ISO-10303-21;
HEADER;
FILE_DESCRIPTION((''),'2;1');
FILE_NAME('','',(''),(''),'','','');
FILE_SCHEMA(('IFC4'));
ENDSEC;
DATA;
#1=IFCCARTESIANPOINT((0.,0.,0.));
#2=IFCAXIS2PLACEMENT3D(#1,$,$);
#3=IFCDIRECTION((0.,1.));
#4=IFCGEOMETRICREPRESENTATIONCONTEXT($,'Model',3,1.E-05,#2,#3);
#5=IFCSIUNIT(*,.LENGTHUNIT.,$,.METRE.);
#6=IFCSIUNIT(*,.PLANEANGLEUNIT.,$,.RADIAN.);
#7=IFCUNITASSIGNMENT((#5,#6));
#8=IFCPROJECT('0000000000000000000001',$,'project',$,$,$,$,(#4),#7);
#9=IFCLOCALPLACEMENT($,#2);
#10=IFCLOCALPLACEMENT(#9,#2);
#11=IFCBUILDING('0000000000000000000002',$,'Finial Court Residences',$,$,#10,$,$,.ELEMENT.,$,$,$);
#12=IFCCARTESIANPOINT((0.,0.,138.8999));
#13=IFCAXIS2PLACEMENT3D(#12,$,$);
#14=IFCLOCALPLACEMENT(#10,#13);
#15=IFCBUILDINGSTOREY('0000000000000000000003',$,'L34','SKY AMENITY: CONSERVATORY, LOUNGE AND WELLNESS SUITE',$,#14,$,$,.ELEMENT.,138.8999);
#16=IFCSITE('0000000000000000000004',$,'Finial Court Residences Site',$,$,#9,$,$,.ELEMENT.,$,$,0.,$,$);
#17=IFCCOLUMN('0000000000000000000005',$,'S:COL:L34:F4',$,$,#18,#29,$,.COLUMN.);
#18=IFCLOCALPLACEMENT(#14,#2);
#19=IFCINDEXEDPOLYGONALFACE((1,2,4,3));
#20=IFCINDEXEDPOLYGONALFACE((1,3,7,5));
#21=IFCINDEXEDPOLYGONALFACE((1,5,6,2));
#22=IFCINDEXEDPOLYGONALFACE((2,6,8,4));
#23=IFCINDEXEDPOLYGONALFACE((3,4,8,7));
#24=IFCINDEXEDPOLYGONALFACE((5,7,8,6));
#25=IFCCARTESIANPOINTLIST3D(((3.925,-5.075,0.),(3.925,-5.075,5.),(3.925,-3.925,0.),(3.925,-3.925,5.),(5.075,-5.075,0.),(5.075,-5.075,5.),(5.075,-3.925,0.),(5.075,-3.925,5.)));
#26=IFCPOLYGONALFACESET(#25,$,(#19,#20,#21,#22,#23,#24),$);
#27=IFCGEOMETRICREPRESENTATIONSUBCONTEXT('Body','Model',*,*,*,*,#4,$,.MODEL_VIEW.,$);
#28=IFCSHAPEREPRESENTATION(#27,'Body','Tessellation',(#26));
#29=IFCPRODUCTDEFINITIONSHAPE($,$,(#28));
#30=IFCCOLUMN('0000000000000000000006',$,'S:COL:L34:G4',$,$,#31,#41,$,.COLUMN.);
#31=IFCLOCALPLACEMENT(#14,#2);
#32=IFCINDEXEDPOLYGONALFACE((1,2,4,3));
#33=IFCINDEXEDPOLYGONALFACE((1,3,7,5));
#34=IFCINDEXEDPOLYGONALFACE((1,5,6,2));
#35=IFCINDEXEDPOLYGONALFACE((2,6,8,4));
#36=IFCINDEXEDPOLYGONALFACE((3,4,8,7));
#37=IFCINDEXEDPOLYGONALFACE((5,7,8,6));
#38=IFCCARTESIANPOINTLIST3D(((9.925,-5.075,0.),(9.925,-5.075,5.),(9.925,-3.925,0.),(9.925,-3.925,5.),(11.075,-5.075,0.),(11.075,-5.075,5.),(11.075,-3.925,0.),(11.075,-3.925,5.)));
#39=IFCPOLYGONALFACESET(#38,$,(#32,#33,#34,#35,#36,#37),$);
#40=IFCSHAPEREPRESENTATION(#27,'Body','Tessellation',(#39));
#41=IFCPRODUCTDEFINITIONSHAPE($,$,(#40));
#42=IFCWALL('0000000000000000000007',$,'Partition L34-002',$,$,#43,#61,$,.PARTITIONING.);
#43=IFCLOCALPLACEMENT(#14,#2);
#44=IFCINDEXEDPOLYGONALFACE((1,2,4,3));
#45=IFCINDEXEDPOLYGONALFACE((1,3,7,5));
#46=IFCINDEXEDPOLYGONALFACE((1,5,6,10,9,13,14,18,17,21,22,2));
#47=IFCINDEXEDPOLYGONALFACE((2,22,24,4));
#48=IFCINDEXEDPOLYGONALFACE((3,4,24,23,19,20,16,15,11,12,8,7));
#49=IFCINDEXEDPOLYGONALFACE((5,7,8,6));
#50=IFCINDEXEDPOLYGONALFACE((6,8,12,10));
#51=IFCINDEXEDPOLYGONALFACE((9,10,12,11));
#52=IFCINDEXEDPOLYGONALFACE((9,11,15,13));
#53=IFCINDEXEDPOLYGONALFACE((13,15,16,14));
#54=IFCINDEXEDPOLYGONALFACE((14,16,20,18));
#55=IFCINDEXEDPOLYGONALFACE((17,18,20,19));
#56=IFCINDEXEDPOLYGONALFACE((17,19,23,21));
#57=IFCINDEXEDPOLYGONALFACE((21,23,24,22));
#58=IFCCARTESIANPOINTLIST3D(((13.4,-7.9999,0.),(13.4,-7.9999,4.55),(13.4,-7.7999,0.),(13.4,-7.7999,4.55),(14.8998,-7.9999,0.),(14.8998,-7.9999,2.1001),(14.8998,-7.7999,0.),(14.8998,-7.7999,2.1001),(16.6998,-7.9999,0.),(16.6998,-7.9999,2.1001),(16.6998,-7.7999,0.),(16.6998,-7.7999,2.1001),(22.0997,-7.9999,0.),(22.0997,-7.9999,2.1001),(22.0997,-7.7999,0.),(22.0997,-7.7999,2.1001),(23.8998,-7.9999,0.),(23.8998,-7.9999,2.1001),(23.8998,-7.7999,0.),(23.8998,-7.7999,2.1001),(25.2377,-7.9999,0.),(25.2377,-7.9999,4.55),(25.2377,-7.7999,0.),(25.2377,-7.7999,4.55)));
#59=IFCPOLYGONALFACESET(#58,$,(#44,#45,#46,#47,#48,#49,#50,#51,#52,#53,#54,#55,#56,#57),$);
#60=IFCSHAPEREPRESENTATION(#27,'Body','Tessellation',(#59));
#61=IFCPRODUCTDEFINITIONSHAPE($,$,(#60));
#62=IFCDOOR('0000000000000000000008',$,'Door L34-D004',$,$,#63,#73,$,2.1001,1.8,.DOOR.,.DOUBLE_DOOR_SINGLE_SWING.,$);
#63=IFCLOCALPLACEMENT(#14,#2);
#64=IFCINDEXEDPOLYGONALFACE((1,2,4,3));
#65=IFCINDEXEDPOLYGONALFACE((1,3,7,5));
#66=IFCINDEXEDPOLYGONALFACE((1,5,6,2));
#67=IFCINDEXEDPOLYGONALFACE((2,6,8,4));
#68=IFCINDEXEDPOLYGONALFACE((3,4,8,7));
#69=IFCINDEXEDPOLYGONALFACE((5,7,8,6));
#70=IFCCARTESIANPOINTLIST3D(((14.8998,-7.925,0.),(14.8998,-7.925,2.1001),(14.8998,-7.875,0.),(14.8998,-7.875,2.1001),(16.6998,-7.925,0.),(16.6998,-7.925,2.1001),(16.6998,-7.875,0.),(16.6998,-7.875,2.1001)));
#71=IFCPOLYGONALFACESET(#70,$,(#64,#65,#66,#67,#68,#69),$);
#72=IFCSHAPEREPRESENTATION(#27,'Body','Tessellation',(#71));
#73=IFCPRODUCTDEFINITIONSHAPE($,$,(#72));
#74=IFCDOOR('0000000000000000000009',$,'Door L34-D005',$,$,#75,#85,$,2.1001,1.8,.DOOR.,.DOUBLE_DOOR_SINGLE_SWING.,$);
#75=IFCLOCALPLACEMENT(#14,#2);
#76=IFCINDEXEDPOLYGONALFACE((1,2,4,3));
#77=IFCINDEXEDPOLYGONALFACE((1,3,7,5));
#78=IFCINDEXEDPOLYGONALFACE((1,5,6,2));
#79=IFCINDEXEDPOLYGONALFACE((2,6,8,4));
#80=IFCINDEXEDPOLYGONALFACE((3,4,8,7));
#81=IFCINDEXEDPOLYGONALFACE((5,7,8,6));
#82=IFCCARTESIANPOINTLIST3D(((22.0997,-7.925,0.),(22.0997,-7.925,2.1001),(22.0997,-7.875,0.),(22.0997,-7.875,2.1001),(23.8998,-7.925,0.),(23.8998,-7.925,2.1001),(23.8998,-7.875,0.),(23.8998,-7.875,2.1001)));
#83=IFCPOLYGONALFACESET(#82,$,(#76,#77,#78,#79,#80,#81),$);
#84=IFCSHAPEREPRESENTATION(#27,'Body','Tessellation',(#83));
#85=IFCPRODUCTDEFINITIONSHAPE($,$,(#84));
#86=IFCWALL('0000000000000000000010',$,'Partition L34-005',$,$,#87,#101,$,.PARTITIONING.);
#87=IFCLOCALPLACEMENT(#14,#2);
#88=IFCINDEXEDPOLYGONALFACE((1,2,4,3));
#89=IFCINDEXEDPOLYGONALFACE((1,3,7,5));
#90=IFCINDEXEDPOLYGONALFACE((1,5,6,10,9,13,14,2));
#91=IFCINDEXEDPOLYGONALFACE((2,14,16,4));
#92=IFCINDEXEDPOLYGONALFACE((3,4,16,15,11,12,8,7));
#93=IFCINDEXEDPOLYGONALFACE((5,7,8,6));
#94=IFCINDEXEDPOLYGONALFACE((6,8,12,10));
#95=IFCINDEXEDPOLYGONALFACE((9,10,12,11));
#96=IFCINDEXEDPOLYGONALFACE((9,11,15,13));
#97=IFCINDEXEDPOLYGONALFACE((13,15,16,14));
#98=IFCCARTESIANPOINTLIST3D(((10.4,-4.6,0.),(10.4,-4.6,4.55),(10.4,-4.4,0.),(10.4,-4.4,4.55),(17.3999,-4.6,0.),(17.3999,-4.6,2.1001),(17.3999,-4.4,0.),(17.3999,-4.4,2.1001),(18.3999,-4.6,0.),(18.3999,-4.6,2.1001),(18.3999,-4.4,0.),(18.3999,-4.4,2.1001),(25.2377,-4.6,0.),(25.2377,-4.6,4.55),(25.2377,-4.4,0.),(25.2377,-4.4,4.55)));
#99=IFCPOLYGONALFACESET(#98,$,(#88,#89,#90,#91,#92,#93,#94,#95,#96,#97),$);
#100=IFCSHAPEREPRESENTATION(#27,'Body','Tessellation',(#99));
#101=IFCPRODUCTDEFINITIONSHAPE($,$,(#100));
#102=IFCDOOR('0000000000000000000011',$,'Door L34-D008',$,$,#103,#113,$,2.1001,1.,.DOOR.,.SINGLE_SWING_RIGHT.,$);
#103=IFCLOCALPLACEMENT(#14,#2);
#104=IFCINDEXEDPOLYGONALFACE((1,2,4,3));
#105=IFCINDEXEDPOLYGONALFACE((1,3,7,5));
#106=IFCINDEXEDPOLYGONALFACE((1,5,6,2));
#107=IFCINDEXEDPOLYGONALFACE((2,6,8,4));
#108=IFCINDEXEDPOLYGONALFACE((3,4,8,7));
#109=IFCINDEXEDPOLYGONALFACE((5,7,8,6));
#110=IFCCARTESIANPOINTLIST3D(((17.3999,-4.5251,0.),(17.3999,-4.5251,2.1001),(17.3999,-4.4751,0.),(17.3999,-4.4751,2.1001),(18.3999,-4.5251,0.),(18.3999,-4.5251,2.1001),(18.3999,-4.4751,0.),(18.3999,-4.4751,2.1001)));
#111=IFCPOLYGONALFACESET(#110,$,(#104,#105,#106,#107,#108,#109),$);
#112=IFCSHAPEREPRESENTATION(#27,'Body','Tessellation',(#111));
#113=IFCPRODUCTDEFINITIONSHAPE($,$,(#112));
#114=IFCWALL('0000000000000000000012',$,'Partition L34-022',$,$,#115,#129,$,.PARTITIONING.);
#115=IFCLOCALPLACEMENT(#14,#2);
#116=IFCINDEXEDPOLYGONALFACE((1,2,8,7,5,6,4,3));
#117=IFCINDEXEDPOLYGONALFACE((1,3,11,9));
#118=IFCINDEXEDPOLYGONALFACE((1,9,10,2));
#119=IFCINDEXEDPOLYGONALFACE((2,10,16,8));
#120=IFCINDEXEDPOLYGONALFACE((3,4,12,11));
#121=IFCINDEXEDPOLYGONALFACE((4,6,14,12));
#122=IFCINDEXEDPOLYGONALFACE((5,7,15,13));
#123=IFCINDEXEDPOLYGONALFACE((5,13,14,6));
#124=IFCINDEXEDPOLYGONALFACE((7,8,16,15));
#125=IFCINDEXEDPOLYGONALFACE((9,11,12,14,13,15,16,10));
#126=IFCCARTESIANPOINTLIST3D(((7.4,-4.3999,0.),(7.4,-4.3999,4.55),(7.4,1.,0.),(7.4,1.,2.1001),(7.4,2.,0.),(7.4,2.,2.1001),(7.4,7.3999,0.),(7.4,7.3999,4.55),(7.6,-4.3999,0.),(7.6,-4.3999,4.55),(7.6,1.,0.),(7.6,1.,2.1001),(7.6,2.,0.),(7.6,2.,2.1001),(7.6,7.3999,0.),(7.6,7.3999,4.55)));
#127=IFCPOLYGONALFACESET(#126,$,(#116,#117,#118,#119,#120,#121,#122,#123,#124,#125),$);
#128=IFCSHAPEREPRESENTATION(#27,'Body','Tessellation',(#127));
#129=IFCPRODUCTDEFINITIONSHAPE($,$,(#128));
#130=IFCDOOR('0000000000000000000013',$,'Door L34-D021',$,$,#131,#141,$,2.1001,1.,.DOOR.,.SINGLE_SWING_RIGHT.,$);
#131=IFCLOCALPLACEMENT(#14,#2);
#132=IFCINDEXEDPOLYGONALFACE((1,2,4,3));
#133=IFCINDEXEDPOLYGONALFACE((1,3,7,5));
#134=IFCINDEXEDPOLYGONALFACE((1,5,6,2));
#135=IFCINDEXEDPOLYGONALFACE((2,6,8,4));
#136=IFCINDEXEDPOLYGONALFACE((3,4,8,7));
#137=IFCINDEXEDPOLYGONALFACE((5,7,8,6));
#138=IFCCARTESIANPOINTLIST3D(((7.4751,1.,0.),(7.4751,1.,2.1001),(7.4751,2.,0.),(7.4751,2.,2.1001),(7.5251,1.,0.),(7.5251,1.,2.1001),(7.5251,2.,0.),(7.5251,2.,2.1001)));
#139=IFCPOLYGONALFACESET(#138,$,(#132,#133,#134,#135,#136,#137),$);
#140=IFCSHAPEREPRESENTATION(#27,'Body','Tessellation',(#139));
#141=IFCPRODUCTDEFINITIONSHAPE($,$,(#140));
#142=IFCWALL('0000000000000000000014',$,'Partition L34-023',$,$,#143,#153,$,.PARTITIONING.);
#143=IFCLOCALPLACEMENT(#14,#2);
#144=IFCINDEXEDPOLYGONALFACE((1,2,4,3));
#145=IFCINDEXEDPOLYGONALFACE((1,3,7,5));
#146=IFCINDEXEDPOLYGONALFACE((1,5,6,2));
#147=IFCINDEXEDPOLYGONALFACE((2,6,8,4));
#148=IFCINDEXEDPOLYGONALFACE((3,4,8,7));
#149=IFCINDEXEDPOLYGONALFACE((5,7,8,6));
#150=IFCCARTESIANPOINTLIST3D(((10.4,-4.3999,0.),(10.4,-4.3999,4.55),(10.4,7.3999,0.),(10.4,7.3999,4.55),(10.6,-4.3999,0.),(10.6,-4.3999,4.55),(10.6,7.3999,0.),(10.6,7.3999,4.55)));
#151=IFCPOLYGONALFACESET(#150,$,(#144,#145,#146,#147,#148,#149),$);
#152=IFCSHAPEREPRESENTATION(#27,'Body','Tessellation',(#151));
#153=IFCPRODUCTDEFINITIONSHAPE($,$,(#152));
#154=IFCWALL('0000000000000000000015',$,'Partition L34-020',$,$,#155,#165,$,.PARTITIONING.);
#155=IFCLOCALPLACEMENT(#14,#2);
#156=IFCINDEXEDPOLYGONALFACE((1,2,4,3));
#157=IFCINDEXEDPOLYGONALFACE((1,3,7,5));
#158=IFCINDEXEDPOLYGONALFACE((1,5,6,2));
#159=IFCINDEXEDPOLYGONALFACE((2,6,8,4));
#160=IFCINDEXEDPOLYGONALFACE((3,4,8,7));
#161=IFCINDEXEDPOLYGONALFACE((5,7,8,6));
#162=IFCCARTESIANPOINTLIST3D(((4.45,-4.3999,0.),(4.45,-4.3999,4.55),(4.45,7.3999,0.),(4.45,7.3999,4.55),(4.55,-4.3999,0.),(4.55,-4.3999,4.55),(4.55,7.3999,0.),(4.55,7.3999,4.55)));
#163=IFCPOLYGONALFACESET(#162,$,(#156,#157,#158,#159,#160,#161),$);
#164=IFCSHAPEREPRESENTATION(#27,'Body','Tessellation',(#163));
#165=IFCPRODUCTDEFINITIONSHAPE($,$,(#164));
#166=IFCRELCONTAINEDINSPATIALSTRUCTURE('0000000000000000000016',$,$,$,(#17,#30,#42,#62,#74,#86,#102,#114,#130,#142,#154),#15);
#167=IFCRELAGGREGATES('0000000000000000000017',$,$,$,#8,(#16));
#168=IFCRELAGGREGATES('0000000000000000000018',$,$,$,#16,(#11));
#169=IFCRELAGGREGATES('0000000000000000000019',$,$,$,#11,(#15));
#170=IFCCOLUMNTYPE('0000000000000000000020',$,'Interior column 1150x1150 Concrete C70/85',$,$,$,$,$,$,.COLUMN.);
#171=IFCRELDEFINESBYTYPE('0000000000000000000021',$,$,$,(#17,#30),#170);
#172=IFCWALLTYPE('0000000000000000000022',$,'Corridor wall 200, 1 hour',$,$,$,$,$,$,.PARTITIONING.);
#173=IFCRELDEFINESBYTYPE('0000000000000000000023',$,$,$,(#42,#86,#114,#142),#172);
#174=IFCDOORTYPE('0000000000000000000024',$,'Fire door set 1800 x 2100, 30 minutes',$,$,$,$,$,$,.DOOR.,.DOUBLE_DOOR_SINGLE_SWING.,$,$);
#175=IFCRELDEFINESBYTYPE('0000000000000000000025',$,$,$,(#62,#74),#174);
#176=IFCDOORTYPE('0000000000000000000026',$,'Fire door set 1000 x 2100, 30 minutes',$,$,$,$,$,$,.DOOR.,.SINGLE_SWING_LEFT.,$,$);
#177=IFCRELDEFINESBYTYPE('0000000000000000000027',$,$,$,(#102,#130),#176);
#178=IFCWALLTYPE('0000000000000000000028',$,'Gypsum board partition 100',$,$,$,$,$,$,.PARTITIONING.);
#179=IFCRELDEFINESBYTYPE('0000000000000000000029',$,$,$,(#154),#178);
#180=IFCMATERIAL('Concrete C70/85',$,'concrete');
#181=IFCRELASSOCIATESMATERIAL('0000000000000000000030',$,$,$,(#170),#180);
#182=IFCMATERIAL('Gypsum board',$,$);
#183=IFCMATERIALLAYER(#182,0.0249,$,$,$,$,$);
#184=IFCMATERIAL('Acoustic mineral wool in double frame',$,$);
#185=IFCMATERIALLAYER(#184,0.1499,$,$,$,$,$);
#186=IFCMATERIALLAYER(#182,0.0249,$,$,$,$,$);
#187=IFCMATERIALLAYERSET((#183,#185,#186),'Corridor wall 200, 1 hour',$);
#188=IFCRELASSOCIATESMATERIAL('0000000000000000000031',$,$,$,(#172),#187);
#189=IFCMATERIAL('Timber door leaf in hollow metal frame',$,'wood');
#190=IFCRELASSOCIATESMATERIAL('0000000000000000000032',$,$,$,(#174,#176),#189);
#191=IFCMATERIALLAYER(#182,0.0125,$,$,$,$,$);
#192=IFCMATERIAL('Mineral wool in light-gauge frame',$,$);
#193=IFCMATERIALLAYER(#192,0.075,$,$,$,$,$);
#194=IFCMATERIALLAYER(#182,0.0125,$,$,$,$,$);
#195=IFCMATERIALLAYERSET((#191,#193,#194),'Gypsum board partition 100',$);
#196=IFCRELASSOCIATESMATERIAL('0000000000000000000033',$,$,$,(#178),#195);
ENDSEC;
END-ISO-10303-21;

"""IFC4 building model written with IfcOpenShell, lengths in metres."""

from ifc_helpers import new_model, si_unit, direction, frame, frame_2d, origin, origin_2d, place, context, subcontext, project, spatial, rectangle, extrude, material, layer, layer_set, material_profile, profile_set, type_object, element, fill, save


model = new_model("IFC4")

# Units and contexts
model_context = context("Model", 3, precision=1e-05, world=origin(), true_north=direction((0.0, 1.0)))
body_context = subcontext(model_context, "Body", "Model", "MODEL_VIEW")
ifc_project = project(units=[si_unit("LENGTHUNIT", "METRE"), si_unit("PLANEANGLEUNIT", "RADIAN")], contexts=[model_context])

# Site, building, storey
site_placement = place(None, origin())
site = spatial("IfcSite", under=ifc_project, at=site_placement, Name="Finial Court Residences Site", CompositionType="ELEMENT", RefElevation=0.0)
building_placement = place(site_placement, origin())
building = spatial("IfcBuilding", under=site, at=building_placement, Name="Finial Court Residences", CompositionType="ELEMENT")
storey_placement = place(building_placement, frame((0.0, 0.0, 138.8999)))
storey = spatial("IfcBuildingStorey", under=building, at=storey_placement, Name="L34", Description="SKY AMENITY: CONSERVATORY, LOUNGE AND WELLNESS SUITE", CompositionType="ELEMENT", Elevation=138.8999)

# Columns
ifc_material_1 = material(Name="Concrete C70/85", Category="concrete")
ifc_material_profile = material_profile(ifc_material_1, rectangle(XDim=1.1499, YDim=1.1499, at=origin_2d()), Name="1150x1150")
ifc_profile_set = profile_set([ifc_material_profile], Name="Concrete C70/85")
column_type = type_object("IfcColumnType", Name="Interior column 1150x1150 Concrete C70/85", PredefinedType="COLUMN", material=ifc_profile_set)
for number, where, z_axis, x_axis, name in (
    (1, (4.5, -4.5, 0.0), (0.0, 0.0, 1.0), (1.0, 0.0, 0.0), "S:COL:L34:F4"),
    (2, (10.5, -4.5, 0.0), (0.0, 0.0, 1.0), (1.0, 0.0, 0.0), "S:COL:L34:G4"),
):
    element("IfcColumn", number, at=place(storey_placement, frame(where, z_axis=z_axis, x_axis=x_axis)), inside=storey, type_object=column_type, Name=name, PredefinedType="COLUMN", context=body_context, shape_type="SweptSolid", body=[
        extrude(rectangle(XDim=1.1499, YDim=1.1499, at=origin_2d()), origin(), (0.0, 0.0, 1.0), 5.0),
    ])

# Wall, openings, doors
ifc_material_2 = material(Name="Gypsum board")
ifc_layer_1 = layer(ifc_material_2, 0.0249)
ifc_material_3 = material(Name="Acoustic mineral wool in double frame")
ifc_layer_2 = layer(ifc_material_3, 0.1499)
ifc_layer_3 = layer(ifc_material_2, 0.0249)
ifc_layer_set_1 = layer_set([ifc_layer_1, ifc_layer_2, ifc_layer_3], Name="Corridor wall 200, 1 hour")
wall_type_1 = type_object("IfcWallType", Name="Corridor wall 200, 1 hour", PredefinedType="PARTITIONING", material=ifc_layer_set_1)
wall_1_placement = place(storey_placement, frame((13.3999, -7.8999, 0.0), z_axis=(0.0, 0.0, 1.0), x_axis=(1.0, 0.0, 0.0)))
wall_1 = element("IfcWall", 3, at=wall_1_placement, inside=storey, type_object=wall_type_1, Name="Partition L34-002", PredefinedType="PARTITIONING", context=body_context, shape_type="SweptSolid", body=[
    extrude(rectangle(XDim=11.8376, YDim=0.2, at=frame_2d((5.9189, 0.0))), origin(), (0.0, 0.0, 1.0), 4.55),
])
opening_1_placement = place(wall_1_placement, frame((1.5, 0.0, 0.0)))
opening_1 = element("IfcOpeningElement", 4, at=opening_1_placement, cuts=wall_1, PredefinedType="OPENING", context=body_context, shape_type="SweptSolid", body=[
    extrude(rectangle(XDim=1.8, YDim=2.1001, at=frame_2d((0.8999, 1.05))), frame((0.0, 0.1099, 0.0), z_axis=(0.0, -1.0, 0.0), x_axis=(1.0, 0.0, 0.0)), (0.0, 0.0, 1.0), 0.22),
])
opening_2_placement = place(wall_1_placement, frame((8.7, 0.0, 0.0)))
opening_2 = element("IfcOpeningElement", 5, at=opening_2_placement, cuts=wall_1, PredefinedType="OPENING", context=body_context, shape_type="SweptSolid", body=[
    extrude(rectangle(XDim=1.8, YDim=2.1001, at=frame_2d((0.8999, 1.05))), frame((0.0, 0.1099, 0.0), z_axis=(0.0, -1.0, 0.0), x_axis=(1.0, 0.0, 0.0)), (0.0, 0.0, 1.0), 0.22),
])
ifc_material_4 = material(Name="Timber door leaf in hollow metal frame", Category="wood")
door_type_1 = type_object("IfcDoorType", Name="Fire door set 1800 x 2100, 30 minutes", OperationType="DOUBLE_DOOR_SINGLE_SWING", PredefinedType="DOOR", material=ifc_material_4)
door_1_placement = place(opening_1_placement, origin())
door_1 = element("IfcDoor", 6, at=door_1_placement, inside=storey, type_object=door_type_1, Name="Door L34-D004", OperationType="DOUBLE_DOOR_SINGLE_SWING", OverallHeight=2.1001, OverallWidth=1.8, PredefinedType="DOOR", context=body_context, shape_type="SweptSolid", body=[
    extrude(rectangle(XDim=1.8, YDim=2.1001, at=frame_2d((0.8999, 1.05))), frame((0.0, 0.0249, 0.0), z_axis=(0.0, -1.0, 0.0), x_axis=(1.0, 0.0, 0.0)), (0.0, 0.0, 1.0), 0.05),
])
fill(opening_1, door_1)
door_2_placement = place(opening_2_placement, origin())
door_2 = element("IfcDoor", 7, at=door_2_placement, inside=storey, type_object=door_type_1, Name="Door L34-D005", OperationType="DOUBLE_DOOR_SINGLE_SWING", OverallHeight=2.1001, OverallWidth=1.8, PredefinedType="DOOR", context=body_context, shape_type="SweptSolid", body=[
    extrude(rectangle(XDim=1.8, YDim=2.1001, at=frame_2d((0.8999, 1.05))), frame((0.0, 0.0249, 0.0), z_axis=(0.0, -1.0, 0.0), x_axis=(1.0, 0.0, 0.0)), (0.0, 0.0, 1.0), 0.05),
])
fill(opening_2, door_2)

# Walls, openings, doors
wall_2_placement = place(storey_placement, frame((10.3999, -4.5, 0.0), z_axis=(0.0, 0.0, 1.0), x_axis=(1.0, 0.0, 0.0)))
wall_2 = element("IfcWall", 8, at=wall_2_placement, inside=storey, type_object=wall_type_1, Name="Partition L34-005", PredefinedType="PARTITIONING", context=body_context, shape_type="SweptSolid", body=[
    extrude(rectangle(XDim=14.8376, YDim=0.2, at=frame_2d((7.4189, 0.0))), origin(), (0.0, 0.0, 1.0), 4.55),
])
opening_3_placement = place(wall_2_placement, frame((7.0, 0.0, 0.0)))
opening_3 = element("IfcOpeningElement", 9, at=opening_3_placement, cuts=wall_2, PredefinedType="OPENING", context=body_context, shape_type="SweptSolid", body=[
    extrude(rectangle(XDim=1.0, YDim=2.1001, at=frame_2d((0.5, 1.05))), frame((0.0, 0.1099, 0.0), z_axis=(0.0, -1.0, 0.0), x_axis=(1.0, 0.0, 0.0)), (0.0, 0.0, 1.0), 0.22),
])
door_type_2 = type_object("IfcDoorType", Name="Fire door set 1000 x 2100, 30 minutes", OperationType="SINGLE_SWING_LEFT", PredefinedType="DOOR", material=ifc_material_4)
door_3_placement = place(opening_3_placement, origin())
door_3 = element("IfcDoor", 10, at=door_3_placement, inside=storey, type_object=door_type_2, Name="Door L34-D008", OperationType="SINGLE_SWING_RIGHT", OverallHeight=2.1001, OverallWidth=1.0, PredefinedType="DOOR", context=body_context, shape_type="SweptSolid", body=[
    extrude(rectangle(XDim=1.0, YDim=2.1001, at=frame_2d((0.5, 1.05))), frame((0.0, 0.0249, 0.0), z_axis=(0.0, -1.0, 0.0), x_axis=(1.0, 0.0, 0.0)), (0.0, 0.0, 1.0), 0.05),
])
fill(opening_3, door_3)
wall_3_placement = place(storey_placement, frame((7.5, -4.3999, 0.0), z_axis=(0.0, 0.0, 1.0), x_axis=(0.0, 1.0, 0.0)))
wall_3 = element("IfcWall", 11, at=wall_3_placement, inside=storey, type_object=wall_type_1, Name="Partition L34-022", PredefinedType="PARTITIONING", context=body_context, shape_type="SweptSolid", body=[
    extrude(rectangle(XDim=11.7998, YDim=0.2, at=frame_2d((5.8999, 0.0))), origin(), (0.0, 0.0, 1.0), 4.55),
])
opening_4_placement = place(wall_3_placement, frame((5.3999, 0.0, 0.0)))
opening_4 = element("IfcOpeningElement", 12, at=opening_4_placement, cuts=wall_3, PredefinedType="OPENING", context=body_context, shape_type="SweptSolid", body=[
    extrude(rectangle(XDim=1.0, YDim=2.1001, at=frame_2d((0.5, 1.05))), frame((0.0, 0.1099, 0.0), z_axis=(0.0, -1.0, 0.0), x_axis=(1.0, 0.0, 0.0)), (0.0, 0.0, 1.0), 0.22),
])
door_4_placement = place(opening_4_placement, origin())
door_4 = element("IfcDoor", 13, at=door_4_placement, inside=storey, type_object=door_type_2, Name="Door L34-D021", OperationType="SINGLE_SWING_RIGHT", OverallHeight=2.1001, OverallWidth=1.0, PredefinedType="DOOR", context=body_context, shape_type="SweptSolid", body=[
    extrude(rectangle(XDim=1.0, YDim=2.1001, at=frame_2d((0.5, 1.05))), frame((0.0, 0.0249, 0.0), z_axis=(0.0, -1.0, 0.0), x_axis=(1.0, 0.0, 0.0)), (0.0, 0.0, 1.0), 0.05),
])
fill(opening_4, door_4)

# Walls
wall_4_placement = place(storey_placement, frame((10.5, -4.3999, 0.0), z_axis=(0.0, 0.0, 1.0), x_axis=(0.0, 1.0, 0.0)))
element("IfcWall", 14, at=wall_4_placement, inside=storey, type_object=wall_type_1, Name="Partition L34-023", PredefinedType="PARTITIONING", context=body_context, shape_type="SweptSolid", body=[
    extrude(rectangle(XDim=11.7998, YDim=0.2, at=frame_2d((5.8999, 0.0))), origin(), (0.0, 0.0, 1.0), 4.55),
])
ifc_layer_4 = layer(ifc_material_2, 0.0125)
ifc_material_5 = material(Name="Mineral wool in light-gauge frame")
ifc_layer_5 = layer(ifc_material_5, 0.075)
ifc_layer_6 = layer(ifc_material_2, 0.0125)
ifc_layer_set_2 = layer_set([ifc_layer_4, ifc_layer_5, ifc_layer_6], Name="Gypsum board partition 100")
wall_type_2 = type_object("IfcWallType", Name="Gypsum board partition 100", PredefinedType="PARTITIONING", material=ifc_layer_set_2)
wall_5_placement = place(storey_placement, frame((4.5, -4.3999, 0.0), z_axis=(0.0, 0.0, 1.0), x_axis=(0.0, 1.0, 0.0)))
element("IfcWall", 15, at=wall_5_placement, inside=storey, type_object=wall_type_2, Name="Partition L34-020", PredefinedType="PARTITIONING", context=body_context, shape_type="SweptSolid", body=[
    extrude(rectangle(XDim=11.7998, YDim=0.1001, at=frame_2d((5.8999, 0.0))), origin(), (0.0, 0.0, 1.0), 4.55),
])

save(model, "model.ifc")
